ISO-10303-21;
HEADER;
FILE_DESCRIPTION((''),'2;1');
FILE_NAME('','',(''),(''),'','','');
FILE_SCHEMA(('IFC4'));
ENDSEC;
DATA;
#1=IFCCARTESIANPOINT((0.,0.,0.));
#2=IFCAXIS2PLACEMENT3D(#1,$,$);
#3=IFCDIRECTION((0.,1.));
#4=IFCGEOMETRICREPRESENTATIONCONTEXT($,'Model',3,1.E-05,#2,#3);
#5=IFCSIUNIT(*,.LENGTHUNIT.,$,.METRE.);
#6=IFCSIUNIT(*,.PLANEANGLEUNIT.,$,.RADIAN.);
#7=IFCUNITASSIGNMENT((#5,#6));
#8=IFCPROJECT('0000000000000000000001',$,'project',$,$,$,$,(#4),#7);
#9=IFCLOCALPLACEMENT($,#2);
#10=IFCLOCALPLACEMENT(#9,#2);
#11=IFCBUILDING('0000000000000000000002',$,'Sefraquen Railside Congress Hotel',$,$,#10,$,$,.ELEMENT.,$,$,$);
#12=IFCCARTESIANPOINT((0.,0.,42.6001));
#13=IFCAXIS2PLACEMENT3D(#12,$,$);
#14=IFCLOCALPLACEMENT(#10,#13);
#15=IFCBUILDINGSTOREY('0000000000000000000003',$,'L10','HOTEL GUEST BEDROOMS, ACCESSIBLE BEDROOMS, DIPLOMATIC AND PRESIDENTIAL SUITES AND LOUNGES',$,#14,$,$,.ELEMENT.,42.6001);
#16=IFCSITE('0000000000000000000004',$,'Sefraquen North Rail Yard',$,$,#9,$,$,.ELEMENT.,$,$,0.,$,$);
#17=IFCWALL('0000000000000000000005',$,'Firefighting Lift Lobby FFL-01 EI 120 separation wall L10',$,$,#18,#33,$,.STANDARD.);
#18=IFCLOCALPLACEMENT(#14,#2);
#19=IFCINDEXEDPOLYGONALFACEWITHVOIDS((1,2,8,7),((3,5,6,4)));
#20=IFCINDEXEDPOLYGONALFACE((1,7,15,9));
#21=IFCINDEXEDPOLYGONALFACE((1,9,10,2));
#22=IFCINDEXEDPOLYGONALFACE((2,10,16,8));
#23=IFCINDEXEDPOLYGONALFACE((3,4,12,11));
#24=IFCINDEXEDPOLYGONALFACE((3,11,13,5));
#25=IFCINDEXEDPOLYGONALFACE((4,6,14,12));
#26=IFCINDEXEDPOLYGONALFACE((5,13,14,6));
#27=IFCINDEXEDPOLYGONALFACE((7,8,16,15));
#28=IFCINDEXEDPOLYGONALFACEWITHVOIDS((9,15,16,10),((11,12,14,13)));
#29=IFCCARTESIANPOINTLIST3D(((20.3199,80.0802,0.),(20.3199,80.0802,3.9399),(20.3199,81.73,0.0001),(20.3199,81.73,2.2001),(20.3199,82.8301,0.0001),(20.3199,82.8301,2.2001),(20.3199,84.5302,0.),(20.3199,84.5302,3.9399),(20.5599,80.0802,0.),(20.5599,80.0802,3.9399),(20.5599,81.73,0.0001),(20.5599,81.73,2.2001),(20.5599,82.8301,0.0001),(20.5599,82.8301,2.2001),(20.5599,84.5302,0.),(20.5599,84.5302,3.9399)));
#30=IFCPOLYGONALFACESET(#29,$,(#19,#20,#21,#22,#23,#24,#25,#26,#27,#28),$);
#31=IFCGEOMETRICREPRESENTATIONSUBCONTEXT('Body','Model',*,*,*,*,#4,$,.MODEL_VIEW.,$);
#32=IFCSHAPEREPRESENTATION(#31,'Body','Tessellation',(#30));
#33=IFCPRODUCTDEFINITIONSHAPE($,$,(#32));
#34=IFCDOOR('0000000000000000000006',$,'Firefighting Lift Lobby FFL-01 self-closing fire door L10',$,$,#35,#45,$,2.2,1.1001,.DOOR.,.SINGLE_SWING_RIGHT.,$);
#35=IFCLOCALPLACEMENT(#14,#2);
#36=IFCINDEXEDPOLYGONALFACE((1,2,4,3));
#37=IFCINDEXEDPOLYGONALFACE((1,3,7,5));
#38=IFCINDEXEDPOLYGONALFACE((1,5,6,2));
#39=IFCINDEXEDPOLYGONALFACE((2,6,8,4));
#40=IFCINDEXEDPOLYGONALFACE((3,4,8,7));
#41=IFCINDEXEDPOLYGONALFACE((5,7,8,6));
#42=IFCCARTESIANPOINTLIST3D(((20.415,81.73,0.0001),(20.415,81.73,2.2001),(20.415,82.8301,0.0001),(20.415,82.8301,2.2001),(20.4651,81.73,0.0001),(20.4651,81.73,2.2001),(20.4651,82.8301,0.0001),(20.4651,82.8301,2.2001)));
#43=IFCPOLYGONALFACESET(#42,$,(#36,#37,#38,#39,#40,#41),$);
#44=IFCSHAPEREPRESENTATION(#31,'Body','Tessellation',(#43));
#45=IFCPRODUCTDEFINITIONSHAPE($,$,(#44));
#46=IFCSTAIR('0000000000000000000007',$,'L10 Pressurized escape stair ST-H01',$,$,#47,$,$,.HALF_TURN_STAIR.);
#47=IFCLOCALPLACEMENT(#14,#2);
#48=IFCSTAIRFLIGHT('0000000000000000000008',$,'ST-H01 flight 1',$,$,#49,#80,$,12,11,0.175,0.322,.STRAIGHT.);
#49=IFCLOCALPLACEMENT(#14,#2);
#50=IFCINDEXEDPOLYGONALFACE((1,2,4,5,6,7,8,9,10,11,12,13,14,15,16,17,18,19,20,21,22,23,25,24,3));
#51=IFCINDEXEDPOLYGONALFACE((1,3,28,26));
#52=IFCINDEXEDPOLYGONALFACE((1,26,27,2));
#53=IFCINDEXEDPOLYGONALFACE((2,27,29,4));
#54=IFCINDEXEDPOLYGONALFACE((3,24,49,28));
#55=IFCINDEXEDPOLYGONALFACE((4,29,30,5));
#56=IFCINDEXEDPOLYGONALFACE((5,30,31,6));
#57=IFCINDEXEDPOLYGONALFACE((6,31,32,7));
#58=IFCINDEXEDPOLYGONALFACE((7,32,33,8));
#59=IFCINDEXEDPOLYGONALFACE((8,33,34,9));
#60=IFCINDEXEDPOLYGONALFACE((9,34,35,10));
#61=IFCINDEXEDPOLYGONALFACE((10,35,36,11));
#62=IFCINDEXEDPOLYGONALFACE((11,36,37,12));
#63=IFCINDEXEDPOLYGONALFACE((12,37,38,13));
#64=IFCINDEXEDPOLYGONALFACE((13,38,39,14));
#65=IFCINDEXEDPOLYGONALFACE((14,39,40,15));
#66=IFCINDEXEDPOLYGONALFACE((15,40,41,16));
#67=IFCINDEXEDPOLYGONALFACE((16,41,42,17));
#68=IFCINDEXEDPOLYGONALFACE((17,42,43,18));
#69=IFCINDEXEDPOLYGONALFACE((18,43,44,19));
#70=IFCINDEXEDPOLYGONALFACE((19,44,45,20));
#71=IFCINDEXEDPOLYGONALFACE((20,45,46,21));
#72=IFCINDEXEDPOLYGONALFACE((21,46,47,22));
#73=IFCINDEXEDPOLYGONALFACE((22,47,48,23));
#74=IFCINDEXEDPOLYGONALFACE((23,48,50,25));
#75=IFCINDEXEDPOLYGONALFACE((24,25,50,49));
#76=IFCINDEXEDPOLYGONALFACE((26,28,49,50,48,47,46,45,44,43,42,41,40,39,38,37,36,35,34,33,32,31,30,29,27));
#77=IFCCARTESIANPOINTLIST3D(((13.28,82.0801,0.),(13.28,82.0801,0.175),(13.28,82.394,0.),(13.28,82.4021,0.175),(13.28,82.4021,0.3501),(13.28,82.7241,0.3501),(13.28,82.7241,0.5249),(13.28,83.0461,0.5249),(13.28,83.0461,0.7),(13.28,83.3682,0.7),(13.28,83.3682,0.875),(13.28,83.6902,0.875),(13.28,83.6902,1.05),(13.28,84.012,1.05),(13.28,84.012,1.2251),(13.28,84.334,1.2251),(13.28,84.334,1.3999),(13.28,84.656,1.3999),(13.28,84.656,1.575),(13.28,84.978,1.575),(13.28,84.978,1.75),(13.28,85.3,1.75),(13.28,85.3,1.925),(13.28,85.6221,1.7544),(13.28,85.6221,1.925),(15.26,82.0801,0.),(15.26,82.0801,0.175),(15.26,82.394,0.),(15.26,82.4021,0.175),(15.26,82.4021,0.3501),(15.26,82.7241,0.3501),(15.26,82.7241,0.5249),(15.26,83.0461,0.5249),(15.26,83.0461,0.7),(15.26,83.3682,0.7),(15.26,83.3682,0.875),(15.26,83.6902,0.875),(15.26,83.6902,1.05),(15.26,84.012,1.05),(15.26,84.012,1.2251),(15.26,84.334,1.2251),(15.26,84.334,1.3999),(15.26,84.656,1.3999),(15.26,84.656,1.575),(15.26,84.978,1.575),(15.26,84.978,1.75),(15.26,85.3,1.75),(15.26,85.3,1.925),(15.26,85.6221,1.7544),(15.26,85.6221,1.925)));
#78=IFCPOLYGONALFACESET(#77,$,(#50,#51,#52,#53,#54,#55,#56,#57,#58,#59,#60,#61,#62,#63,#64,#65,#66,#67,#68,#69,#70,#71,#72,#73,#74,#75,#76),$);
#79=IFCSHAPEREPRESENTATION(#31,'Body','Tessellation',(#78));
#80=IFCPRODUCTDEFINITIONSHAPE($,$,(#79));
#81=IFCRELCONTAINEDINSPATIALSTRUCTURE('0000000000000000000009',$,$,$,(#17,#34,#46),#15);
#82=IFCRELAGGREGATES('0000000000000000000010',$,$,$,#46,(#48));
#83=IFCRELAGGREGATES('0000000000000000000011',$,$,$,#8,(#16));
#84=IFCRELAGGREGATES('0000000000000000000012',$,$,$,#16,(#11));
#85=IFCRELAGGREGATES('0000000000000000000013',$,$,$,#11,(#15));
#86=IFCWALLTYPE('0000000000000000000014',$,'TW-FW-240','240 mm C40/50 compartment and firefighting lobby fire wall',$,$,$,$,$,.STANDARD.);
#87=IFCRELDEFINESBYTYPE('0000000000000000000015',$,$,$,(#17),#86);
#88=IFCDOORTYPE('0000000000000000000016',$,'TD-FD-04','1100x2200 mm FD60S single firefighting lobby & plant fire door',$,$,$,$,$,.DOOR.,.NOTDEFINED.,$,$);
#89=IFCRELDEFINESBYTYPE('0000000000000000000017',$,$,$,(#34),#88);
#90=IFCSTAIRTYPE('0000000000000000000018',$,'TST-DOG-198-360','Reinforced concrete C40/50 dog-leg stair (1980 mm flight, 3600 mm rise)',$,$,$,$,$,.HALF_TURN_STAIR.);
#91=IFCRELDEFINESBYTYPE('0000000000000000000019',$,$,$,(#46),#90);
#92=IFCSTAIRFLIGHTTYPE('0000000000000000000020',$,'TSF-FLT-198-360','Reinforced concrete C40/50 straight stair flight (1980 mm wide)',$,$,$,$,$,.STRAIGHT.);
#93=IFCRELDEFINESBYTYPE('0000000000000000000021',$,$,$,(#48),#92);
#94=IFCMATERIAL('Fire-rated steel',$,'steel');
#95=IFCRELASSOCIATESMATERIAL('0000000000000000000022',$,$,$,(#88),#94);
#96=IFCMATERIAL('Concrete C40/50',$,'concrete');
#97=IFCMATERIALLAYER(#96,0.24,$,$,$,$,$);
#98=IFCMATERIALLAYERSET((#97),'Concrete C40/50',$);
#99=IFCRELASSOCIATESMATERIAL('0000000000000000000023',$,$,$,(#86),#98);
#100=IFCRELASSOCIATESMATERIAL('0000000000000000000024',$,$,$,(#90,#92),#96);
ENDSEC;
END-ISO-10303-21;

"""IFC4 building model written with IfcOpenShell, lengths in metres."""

from ifc_helpers import new_model, si_unit, direction, frame, frame_2d, origin, place, context, subcontext, project, spatial, polyline, rectangle, outline, extrude, material, layer, layer_set, type_object, element, fill, aggregate, save


model = new_model("IFC4")

# Units and contexts
model_context = context("Model", 3, precision=1e-05, world=origin(), true_north=direction((0.0, 1.0)))
body_context = subcontext(model_context, "Body", "Model", "MODEL_VIEW")
ifc_project = project(units=[si_unit("LENGTHUNIT", "METRE"), si_unit("PLANEANGLEUNIT", "RADIAN")], contexts=[model_context])

# Site, building, storey
site_placement = place(None, origin())
site = spatial("IfcSite", under=ifc_project, at=site_placement, Name="Sefraquen North Rail Yard", CompositionType="ELEMENT", RefElevation=0.0)
building_placement = place(site_placement, origin())
building = spatial("IfcBuilding", under=site, at=building_placement, Name="Sefraquen Railside Congress Hotel", CompositionType="ELEMENT")
storey_placement = place(building_placement, frame((0.0, 0.0, 42.6001)))
storey = spatial("IfcBuildingStorey", under=building, at=storey_placement, Name="L10", Description="HOTEL GUEST BEDROOMS, ACCESSIBLE BEDROOMS, DIPLOMATIC AND PRESIDENTIAL SUITES AND LOUNGES", CompositionType="ELEMENT", Elevation=42.6001)

# Shared definitions
ifc_material_1 = material(Name="Fire-rated steel", Category="steel")
door_type_1 = type_object("IfcDoorType", Name="TD-FD-04", Description="1100x2200 mm FD60S single firefighting lobby & plant fire door", OperationType="NOTDEFINED", PredefinedType="DOOR", material=ifc_material_1)

# Wall, opening, door
ifc_material_2 = material(Name="Concrete C40/50", Category="concrete")
ifc_layer_1 = layer(ifc_material_2, 0.24)
ifc_layer_set_1 = layer_set([ifc_layer_1], Name="Concrete C40/50")
wall_type_1 = type_object("IfcWallType", Name="TW-FW-240", Description="240 mm C40/50 compartment and firefighting lobby fire wall", PredefinedType="STANDARD", material=ifc_layer_set_1)
wall_1_placement = place(storey_placement, frame((20.4399, 80.0801, 0.0), z_axis=(0.0, 0.0, 1.0), x_axis=(0.0, 1.0, 0.0)))
wall_1 = element("IfcWall", 1, at=wall_1_placement, inside=storey, type_object=wall_type_1, Name="Firefighting Lift Lobby FFL-01 EI 120 separation wall L10", PredefinedType="STANDARD", context=body_context, shape_type="SweptSolid", body=[
    extrude(rectangle(XDim=4.45, YDim=0.24, at=frame_2d((2.2251, 0.0))), origin(), (0.0, 0.0, 1.0), 3.9399),
])
opening_1_placement = place(wall_1_placement, frame((1.6499, 0.0, 0.0)))
opening_1 = element("IfcOpeningElement", 2, at=opening_1_placement, cuts=wall_1, PredefinedType="OPENING", context=body_context, shape_type="SweptSolid", body=[
    extrude(rectangle(XDim=1.1001, YDim=2.2, at=frame_2d((0.55, 1.1001))), frame((0.0, 0.1299, 0.0), z_axis=(0.0, -1.0, 0.0), x_axis=(1.0, 0.0, 0.0)), (0.0, 0.0, 1.0), 0.26),
])
door_1_placement = place(opening_1_placement, origin())
door_1 = element("IfcDoor", 3, at=door_1_placement, inside=storey, type_object=door_type_1, Name="Firefighting Lift Lobby FFL-01 self-closing fire door L10", OperationType="SINGLE_SWING_RIGHT", OverallHeight=2.2, OverallWidth=1.1001, PredefinedType="DOOR", context=body_context, shape_type="SweptSolid", body=[
    extrude(rectangle(XDim=1.1001, YDim=2.2, at=frame_2d((0.55, 1.1001))), frame((0.0, 0.0249, 0.0), z_axis=(0.0, -1.0, 0.0), x_axis=(1.0, 0.0, 0.0)), (0.0, 0.0, 1.0), 0.05),
])
fill(opening_1, door_1)

# Stair, stair flight
stair_type = type_object("IfcStairType", Name="TST-DOG-198-360", Description="Reinforced concrete C40/50 dog-leg stair (1980 mm flight, 3600 mm rise)", PredefinedType="HALF_TURN_STAIR", material=ifc_material_2)
stair_placement = place(storey_placement, origin())
stair = element("IfcStair", 4, at=stair_placement, inside=storey, type_object=stair_type, Name="L10 Pressurized escape stair ST-H01", PredefinedType="HALF_TURN_STAIR")
stair_flight_type = type_object("IfcStairFlightType", Name="TSF-FLT-198-360", Description="Reinforced concrete C40/50 straight stair flight (1980 mm wide)", PredefinedType="STRAIGHT", material=ifc_material_2)
stair_flight_placement = place(storey_placement, frame((14.27, 82.0801, 0.0), z_axis=(0.0, 0.0, 1.0), x_axis=(0.0, 1.0, 0.0)))
stair_flight = element("IfcStairFlight", 5, at=stair_flight_placement, type_object=stair_flight_type, Name="ST-H01 flight 1", NumberOfRisers=12, NumberOfTreads=11, PredefinedType="STRAIGHT", RiserHeight=0.175, TreadLength=0.322, context=body_context, shape_type="SweptSolid", body=[
    extrude(outline(polyline([(0.0, 0.0), (0.0, 0.175), (0.322, 0.175), (0.322, 0.3501), (0.644, 0.3501), (0.644, 0.5249), (0.9661, 0.5249), (0.9661, 0.7), (1.2881, 0.7), (1.2881, 0.875), (1.6101, 0.875), (1.6101, 1.05), (1.9319, 1.05), (1.9319, 1.2251), (2.2539, 1.2251), (2.2539, 1.3999), (2.5759, 1.3999), (2.5759, 1.575), (2.8979, 1.575), (2.8979, 1.75), (3.22, 1.75), (3.22, 1.925), (3.542, 1.925), (3.542, 2.1001), (3.542, 1.7544), (0.314, 0.0), (0.0, 0.0)])), frame((0.0, 0.99, 0.0), z_axis=(0.0, -1.0, 0.0), x_axis=(1.0, 0.0, 0.0)), (0.0, 0.0, 1.0), 1.98),
])
aggregate(stair, [stair_flight])

save(model, "model.ifc")
